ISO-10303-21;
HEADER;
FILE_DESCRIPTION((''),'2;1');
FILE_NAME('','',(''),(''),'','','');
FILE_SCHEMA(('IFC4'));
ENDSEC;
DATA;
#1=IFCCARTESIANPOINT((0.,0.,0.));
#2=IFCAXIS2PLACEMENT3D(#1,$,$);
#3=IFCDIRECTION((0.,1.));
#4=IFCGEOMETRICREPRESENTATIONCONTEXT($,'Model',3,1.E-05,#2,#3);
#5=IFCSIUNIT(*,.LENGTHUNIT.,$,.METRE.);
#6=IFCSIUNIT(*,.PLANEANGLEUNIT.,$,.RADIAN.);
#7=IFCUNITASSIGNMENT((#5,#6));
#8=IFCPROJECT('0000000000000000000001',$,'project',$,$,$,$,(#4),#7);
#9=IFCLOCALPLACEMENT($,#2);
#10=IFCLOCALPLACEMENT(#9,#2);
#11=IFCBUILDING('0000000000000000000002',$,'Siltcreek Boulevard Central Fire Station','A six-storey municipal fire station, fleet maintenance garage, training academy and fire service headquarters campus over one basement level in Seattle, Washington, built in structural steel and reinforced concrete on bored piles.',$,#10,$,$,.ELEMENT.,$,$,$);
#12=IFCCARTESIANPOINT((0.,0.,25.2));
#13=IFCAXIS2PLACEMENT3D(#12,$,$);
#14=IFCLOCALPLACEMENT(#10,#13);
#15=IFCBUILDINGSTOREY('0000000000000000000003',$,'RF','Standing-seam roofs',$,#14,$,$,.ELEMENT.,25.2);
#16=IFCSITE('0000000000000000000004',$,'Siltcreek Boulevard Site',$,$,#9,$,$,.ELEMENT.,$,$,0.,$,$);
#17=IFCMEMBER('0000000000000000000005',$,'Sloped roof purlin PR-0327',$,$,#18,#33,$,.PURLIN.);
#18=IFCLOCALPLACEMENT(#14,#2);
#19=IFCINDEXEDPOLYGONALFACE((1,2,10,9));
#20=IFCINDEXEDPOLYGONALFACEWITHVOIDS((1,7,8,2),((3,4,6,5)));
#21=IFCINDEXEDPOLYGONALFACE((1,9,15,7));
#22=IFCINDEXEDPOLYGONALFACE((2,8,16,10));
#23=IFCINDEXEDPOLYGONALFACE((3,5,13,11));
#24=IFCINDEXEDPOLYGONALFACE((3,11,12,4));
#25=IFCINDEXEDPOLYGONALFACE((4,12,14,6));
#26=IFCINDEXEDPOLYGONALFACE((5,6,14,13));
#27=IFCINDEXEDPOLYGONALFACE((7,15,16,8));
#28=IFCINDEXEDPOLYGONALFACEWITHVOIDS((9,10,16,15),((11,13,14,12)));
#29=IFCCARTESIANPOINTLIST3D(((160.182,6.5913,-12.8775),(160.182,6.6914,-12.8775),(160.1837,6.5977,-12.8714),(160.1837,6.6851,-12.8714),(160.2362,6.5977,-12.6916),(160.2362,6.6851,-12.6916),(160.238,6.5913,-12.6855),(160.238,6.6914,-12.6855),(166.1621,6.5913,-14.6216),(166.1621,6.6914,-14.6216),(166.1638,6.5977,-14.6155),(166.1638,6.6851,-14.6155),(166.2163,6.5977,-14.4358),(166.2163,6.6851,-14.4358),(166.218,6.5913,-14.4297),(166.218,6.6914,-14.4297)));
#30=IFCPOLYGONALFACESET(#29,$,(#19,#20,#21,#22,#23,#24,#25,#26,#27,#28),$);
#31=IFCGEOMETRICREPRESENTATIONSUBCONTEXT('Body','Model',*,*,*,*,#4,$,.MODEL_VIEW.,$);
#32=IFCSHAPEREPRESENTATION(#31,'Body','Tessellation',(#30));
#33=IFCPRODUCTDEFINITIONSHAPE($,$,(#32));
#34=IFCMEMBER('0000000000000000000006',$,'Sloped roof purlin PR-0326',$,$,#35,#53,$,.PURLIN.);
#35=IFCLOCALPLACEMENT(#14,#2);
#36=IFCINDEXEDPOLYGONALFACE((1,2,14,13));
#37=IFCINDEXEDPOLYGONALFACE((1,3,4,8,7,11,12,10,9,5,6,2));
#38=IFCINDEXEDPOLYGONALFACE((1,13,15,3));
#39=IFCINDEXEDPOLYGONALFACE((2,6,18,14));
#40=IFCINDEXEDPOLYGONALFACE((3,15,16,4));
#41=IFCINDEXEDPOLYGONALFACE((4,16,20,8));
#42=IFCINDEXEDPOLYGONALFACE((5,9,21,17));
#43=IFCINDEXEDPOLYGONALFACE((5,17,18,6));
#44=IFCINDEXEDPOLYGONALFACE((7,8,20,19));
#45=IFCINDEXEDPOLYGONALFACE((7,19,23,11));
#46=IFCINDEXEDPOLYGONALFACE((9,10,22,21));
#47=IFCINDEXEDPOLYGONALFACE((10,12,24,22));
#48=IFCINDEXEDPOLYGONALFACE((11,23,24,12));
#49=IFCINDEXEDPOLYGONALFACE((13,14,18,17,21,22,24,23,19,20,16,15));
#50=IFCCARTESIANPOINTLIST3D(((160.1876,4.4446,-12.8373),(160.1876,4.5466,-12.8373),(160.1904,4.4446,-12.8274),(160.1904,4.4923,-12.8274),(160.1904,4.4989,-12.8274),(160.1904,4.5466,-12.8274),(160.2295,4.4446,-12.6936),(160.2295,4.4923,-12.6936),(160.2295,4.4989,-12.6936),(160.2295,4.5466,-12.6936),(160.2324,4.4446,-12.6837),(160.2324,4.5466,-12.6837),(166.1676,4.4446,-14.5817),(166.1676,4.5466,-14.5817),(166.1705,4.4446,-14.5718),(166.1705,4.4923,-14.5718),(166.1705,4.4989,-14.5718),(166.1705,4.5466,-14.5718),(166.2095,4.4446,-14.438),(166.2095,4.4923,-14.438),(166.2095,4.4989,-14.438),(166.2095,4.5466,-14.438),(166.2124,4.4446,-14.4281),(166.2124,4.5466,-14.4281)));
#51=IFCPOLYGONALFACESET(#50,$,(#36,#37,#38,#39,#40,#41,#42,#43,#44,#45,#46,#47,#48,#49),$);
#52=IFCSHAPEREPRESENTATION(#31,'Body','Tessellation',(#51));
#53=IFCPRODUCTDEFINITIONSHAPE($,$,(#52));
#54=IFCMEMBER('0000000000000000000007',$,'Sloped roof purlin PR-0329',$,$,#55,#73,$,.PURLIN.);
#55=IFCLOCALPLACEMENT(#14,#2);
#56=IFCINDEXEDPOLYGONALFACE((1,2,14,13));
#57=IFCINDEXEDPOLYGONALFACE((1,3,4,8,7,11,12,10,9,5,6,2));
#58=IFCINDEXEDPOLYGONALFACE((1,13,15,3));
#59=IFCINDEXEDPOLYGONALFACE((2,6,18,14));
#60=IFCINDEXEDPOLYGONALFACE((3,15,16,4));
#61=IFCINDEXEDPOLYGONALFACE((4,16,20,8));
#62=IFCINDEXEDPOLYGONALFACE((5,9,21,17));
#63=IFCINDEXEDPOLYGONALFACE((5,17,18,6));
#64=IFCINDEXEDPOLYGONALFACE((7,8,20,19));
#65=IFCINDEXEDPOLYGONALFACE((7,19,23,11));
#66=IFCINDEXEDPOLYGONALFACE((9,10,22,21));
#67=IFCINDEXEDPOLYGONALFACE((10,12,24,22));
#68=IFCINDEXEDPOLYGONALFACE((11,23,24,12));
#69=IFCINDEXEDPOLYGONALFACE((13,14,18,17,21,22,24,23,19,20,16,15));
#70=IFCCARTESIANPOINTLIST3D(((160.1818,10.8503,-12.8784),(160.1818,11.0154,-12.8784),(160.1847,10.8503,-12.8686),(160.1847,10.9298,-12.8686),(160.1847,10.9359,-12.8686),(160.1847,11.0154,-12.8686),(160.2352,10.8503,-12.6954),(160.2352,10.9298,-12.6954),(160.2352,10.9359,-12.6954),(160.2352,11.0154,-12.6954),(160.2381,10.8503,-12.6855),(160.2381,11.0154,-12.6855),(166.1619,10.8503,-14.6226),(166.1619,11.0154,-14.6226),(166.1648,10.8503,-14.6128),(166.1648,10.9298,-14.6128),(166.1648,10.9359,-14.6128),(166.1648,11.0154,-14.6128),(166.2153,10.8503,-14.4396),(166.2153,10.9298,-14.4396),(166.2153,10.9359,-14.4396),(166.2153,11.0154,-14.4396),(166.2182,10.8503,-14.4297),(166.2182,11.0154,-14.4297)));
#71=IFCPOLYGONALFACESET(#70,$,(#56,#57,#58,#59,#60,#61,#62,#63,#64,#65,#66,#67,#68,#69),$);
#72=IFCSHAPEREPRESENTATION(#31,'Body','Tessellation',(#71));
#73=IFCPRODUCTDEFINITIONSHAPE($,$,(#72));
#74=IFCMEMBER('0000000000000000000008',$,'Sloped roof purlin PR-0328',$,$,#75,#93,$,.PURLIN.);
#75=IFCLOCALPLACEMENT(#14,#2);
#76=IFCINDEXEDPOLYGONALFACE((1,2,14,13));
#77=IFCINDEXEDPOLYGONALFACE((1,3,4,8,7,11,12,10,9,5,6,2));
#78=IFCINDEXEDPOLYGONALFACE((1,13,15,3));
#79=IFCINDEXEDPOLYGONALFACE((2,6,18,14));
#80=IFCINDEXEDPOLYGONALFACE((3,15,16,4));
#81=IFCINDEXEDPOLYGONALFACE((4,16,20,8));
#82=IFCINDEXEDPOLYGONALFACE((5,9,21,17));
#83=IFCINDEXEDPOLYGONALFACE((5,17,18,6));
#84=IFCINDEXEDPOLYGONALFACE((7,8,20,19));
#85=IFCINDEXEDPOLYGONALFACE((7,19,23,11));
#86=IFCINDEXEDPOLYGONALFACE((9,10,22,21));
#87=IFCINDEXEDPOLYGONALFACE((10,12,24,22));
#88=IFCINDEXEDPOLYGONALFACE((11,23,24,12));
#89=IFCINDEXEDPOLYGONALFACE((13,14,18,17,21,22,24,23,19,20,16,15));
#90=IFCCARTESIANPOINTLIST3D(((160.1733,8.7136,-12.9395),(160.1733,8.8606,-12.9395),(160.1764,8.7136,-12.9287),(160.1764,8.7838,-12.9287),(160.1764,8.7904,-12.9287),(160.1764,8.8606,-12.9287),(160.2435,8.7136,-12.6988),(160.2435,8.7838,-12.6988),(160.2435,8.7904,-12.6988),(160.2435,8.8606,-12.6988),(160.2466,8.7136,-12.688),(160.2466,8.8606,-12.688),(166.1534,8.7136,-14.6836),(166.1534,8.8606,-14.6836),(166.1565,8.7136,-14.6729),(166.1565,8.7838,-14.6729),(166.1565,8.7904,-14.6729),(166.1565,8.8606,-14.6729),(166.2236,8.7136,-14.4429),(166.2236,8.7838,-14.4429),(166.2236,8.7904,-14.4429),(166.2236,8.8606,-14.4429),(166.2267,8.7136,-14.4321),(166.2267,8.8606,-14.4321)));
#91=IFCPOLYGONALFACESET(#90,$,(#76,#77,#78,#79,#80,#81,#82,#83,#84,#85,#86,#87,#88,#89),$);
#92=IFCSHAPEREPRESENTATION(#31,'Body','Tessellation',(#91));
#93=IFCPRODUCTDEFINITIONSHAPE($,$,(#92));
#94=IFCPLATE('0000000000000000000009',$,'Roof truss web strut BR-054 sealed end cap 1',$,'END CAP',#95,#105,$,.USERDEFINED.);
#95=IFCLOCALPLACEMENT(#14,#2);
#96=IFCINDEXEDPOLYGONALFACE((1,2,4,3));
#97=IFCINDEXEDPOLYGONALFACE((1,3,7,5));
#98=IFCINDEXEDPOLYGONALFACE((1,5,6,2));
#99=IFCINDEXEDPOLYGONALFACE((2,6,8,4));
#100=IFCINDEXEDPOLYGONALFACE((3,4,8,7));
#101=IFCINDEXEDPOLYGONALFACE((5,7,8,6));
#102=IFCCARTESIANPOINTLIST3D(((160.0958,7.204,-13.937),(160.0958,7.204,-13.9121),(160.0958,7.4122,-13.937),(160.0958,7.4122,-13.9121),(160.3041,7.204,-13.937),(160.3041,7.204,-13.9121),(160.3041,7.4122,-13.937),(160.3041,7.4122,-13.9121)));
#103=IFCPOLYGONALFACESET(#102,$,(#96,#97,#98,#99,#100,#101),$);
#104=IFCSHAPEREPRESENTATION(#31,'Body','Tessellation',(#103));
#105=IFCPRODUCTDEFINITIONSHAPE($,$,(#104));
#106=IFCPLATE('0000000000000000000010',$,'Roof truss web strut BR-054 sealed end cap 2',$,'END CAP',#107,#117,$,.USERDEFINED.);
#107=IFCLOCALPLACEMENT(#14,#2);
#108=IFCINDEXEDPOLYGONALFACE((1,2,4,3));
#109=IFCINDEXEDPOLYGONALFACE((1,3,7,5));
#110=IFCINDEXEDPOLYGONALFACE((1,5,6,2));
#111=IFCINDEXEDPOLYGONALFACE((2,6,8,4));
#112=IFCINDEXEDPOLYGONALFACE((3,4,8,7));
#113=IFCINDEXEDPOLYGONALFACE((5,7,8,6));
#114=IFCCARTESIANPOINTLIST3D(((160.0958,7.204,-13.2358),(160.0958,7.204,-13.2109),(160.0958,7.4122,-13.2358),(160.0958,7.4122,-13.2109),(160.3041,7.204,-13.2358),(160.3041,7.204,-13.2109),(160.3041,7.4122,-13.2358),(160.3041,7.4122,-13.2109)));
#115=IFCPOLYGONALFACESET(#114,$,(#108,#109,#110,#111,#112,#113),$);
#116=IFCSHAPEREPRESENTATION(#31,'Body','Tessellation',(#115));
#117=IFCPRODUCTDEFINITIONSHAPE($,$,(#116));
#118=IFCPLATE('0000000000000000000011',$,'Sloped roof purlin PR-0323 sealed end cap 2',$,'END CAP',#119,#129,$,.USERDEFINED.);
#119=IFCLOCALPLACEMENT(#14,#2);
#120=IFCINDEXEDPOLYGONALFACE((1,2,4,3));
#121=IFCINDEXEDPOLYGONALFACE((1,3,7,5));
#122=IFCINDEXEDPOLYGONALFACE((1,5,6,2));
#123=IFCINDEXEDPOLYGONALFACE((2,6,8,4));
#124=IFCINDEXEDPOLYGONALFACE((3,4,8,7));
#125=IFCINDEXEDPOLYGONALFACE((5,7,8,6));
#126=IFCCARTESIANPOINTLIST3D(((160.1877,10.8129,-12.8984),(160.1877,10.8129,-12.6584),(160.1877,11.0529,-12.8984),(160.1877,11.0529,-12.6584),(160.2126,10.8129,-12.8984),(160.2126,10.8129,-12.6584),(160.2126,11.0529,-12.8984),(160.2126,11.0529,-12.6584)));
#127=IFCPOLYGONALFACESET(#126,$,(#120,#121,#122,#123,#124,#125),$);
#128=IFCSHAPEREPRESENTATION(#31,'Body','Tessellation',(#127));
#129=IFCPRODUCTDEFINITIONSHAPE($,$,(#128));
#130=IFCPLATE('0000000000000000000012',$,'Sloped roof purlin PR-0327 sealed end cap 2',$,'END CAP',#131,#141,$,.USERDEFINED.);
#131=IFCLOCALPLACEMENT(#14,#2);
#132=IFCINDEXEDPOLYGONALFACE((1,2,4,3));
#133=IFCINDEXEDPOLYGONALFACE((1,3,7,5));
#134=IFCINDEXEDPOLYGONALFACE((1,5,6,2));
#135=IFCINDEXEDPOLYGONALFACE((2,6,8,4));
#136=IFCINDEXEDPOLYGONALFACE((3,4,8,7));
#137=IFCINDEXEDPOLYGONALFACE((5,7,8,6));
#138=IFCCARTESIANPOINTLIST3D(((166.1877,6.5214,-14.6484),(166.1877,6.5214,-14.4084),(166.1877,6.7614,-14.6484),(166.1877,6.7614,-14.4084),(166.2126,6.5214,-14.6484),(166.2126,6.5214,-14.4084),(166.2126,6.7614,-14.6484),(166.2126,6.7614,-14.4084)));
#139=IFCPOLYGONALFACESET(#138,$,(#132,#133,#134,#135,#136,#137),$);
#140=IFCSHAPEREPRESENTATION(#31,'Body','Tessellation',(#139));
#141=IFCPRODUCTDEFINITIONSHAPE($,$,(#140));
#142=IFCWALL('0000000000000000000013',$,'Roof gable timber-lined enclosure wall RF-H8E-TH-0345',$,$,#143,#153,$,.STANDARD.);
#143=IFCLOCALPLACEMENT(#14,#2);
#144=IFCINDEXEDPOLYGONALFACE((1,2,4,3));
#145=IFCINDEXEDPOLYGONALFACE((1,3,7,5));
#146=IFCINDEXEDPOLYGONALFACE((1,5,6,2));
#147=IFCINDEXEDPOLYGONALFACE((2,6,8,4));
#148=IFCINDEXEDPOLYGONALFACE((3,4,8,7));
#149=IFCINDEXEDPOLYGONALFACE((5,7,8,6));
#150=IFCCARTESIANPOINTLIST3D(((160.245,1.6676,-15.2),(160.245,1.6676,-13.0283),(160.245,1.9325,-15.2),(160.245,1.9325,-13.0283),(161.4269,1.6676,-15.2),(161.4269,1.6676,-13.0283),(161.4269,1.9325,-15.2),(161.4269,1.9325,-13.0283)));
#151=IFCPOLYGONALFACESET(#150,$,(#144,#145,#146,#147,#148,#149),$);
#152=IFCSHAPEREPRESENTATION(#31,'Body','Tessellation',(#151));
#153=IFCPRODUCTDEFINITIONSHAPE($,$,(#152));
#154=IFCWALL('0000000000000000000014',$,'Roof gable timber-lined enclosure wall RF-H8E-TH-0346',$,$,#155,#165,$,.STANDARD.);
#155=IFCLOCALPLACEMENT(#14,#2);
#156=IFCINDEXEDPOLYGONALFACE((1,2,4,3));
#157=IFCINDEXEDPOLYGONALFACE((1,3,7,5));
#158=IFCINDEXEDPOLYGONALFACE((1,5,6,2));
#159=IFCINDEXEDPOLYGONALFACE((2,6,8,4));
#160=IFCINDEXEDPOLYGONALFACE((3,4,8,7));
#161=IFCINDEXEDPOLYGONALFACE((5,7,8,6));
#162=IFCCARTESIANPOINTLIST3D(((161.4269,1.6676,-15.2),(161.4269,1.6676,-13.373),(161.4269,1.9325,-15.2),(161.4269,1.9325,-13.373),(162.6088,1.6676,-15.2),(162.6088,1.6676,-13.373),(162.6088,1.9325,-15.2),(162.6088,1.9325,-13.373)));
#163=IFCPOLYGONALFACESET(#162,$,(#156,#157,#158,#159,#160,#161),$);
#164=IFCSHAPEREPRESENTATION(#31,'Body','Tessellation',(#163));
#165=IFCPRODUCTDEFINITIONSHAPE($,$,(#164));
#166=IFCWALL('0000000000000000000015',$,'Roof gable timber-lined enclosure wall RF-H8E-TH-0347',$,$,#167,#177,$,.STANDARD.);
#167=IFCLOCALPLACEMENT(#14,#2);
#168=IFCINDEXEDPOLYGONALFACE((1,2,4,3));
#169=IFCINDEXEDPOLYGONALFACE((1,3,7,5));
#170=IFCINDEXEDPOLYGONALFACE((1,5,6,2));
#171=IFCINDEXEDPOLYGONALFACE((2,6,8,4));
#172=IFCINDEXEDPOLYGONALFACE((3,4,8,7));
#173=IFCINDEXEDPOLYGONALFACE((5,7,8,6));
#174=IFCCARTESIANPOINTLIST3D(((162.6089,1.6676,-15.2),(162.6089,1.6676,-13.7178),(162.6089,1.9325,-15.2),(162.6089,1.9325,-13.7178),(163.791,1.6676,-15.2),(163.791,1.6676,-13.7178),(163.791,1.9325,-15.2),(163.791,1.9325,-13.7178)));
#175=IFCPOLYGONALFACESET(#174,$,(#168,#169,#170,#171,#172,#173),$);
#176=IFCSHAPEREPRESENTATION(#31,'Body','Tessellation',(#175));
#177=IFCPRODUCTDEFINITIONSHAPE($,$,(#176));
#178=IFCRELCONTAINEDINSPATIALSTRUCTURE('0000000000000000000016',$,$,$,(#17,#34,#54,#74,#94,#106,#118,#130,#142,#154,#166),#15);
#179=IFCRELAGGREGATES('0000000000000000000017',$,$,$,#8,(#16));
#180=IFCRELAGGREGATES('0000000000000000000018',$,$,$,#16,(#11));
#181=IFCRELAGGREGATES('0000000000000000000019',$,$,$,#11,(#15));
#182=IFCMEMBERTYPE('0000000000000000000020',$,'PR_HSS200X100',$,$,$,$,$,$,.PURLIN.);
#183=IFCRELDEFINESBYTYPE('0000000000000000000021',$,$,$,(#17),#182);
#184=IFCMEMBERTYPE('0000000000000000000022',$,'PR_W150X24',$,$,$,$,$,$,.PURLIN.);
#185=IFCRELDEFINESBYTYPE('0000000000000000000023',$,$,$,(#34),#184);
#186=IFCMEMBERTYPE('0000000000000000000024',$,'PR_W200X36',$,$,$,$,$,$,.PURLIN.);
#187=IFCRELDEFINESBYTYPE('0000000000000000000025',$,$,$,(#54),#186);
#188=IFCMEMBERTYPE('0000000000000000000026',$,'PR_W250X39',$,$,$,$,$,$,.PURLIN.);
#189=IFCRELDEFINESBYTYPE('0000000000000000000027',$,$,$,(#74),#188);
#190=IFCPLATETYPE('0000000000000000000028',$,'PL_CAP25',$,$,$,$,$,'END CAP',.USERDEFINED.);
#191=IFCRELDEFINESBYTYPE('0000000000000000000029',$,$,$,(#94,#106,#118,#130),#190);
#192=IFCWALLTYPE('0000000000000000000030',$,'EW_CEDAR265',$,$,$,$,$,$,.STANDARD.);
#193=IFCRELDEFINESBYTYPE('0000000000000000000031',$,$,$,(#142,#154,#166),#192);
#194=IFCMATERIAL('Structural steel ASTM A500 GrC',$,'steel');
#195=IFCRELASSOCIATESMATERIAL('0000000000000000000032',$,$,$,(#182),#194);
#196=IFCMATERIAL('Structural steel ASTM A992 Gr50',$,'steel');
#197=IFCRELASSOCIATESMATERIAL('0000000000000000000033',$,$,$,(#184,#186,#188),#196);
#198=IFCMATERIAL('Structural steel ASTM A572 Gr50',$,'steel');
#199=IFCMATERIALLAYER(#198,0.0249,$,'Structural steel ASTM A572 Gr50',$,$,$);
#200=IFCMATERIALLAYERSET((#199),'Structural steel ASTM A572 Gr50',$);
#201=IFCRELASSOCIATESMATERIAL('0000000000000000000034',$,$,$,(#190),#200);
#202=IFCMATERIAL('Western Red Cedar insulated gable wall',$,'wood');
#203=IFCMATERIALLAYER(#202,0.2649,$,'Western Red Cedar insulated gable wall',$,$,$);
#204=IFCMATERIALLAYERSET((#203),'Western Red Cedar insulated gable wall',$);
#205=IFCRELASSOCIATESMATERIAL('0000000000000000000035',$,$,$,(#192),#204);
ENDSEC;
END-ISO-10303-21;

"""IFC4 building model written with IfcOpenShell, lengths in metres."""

from ifc_helpers import new_model, si_unit, direction, frame, frame_2d, origin, origin_2d, place, context, subcontext, project, spatial, rectangle, hollow_rectangle, i_section, extrude, material, layer, layer_set, material_profile, profile_set, type_object, element, save


model = new_model("IFC4")

# Units and contexts
model_context = context("Model", 3, precision=1e-05, world=origin(), true_north=direction((0.0, 1.0)))
body_context = subcontext(model_context, "Body", "Model", "MODEL_VIEW")
ifc_project = project(units=[si_unit("LENGTHUNIT", "METRE"), si_unit("PLANEANGLEUNIT", "RADIAN")], contexts=[model_context])

# Site, building, storey
site_placement = place(None, origin())
site = spatial("IfcSite", under=ifc_project, at=site_placement, Name="Siltcreek Boulevard Site", CompositionType="ELEMENT", RefElevation=0.0)
building_placement = place(site_placement, origin())
building = spatial("IfcBuilding", under=site, at=building_placement, Name="Siltcreek Boulevard Central Fire Station", Description="A six-storey municipal fire station, fleet maintenance garage, training academy and fire service headquarters campus over one basement level in Seattle, Washington, built in structural steel and reinforced concrete on bored piles.", CompositionType="ELEMENT")
storey_placement = place(building_placement, frame((0.0, 0.0, 25.2)))
storey = spatial("IfcBuildingStorey", under=building, at=storey_placement, Name="RF", Description="Standing-seam roofs", CompositionType="ELEMENT", Elevation=25.2)

# Shared definitions
ifc_material_1 = material(Name="Structural steel ASTM A992 Gr50", Category="steel")

# Members
ifc_material_2 = material(Name="Structural steel ASTM A500 GrC", Category="steel")
ifc_material_profile_1 = material_profile(ifc_material_2, hollow_rectangle(XDim=0.1001, YDim=0.2, WallThickness=0.0063, at=origin_2d()), Name="HSS200X100X6.4")
ifc_profile_set_1 = profile_set([ifc_material_profile_1], Name="Structural steel ASTM A500 GrC")
member_type_1 = type_object("IfcMemberType", Name="PR_HSS200X100", PredefinedType="PURLIN", material=ifc_profile_set_1)
member_1_placement = place(storey_placement, frame((160.21, 6.6414, -12.7815), z_axis=(0.960001, 0.0, -0.279997), x_axis=(0.0, 1.0, 0.0)))
element("IfcMember", 1, at=member_1_placement, inside=storey, type_object=member_type_1, Name="Sloped roof purlin PR-0327", PredefinedType="PURLIN", context=body_context, shape_type="SweptSolid", body=[
    extrude(hollow_rectangle(XDim=0.1001, YDim=0.2, WallThickness=0.0063, at=origin_2d()), origin(), (0.0, 0.0, 1.0), 6.2292),
])
ifc_material_profile_2 = material_profile(ifc_material_1, i_section(OverallWidth=0.1021, OverallDepth=0.1599, WebThickness=0.0066, FlangeThickness=0.0103, at=origin_2d()), Name="W150X24")
ifc_profile_set_2 = profile_set([ifc_material_profile_2], Name="Structural steel ASTM A992 Gr50")
member_type_2 = type_object("IfcMemberType", Name="PR_W150X24", PredefinedType="PURLIN", material=ifc_profile_set_2)
member_2_placement = place(storey_placement, frame((160.21, 4.4956, -12.7605), z_axis=(0.95999, 0.0, -0.280033), x_axis=(0.0, 1.0, 0.0)))
element("IfcMember", 2, at=member_2_placement, inside=storey, type_object=member_type_2, Name="Sloped roof purlin PR-0326", PredefinedType="PURLIN", context=body_context, shape_type="SweptSolid", body=[
    extrude(i_section(OverallWidth=0.1021, OverallDepth=0.1599, WebThickness=0.0066, FlangeThickness=0.0103, at=origin_2d()), origin(), (0.0, 0.0, 1.0), 6.2292),
])
ifc_material_profile_3 = material_profile(ifc_material_1, i_section(OverallWidth=0.165, OverallDepth=0.2009, WebThickness=0.0061, FlangeThickness=0.0103, at=origin_2d()), Name="W200X36")
ifc_profile_set_3 = profile_set([ifc_material_profile_3], Name="Structural steel ASTM A992 Gr50")
member_type_3 = type_object("IfcMemberType", Name="PR_W200X36", PredefinedType="PURLIN", material=ifc_profile_set_3)
member_3_placement = place(storey_placement, frame((160.21, 10.9329, -12.782), z_axis=(0.960001, 0.0, -0.279997), x_axis=(0.0, 1.0, 0.0)))
element("IfcMember", 3, at=member_3_placement, inside=storey, type_object=member_type_3, Name="Sloped roof purlin PR-0329", PredefinedType="PURLIN", context=body_context, shape_type="SweptSolid", body=[
    extrude(i_section(OverallWidth=0.165, OverallDepth=0.2009, WebThickness=0.0061, FlangeThickness=0.0103, at=origin_2d()), origin(), (0.0, 0.0, 1.0), 6.2292),
])
ifc_material_profile_4 = material_profile(ifc_material_1, i_section(OverallWidth=0.147, OverallDepth=0.262, WebThickness=0.0066, FlangeThickness=0.0112, at=origin_2d()), Name="W250X39")
ifc_profile_set_4 = profile_set([ifc_material_profile_4], Name="Structural steel ASTM A992 Gr50")
member_type_4 = type_object("IfcMemberType", Name="PR_W250X39", PredefinedType="PURLIN", material=ifc_profile_set_4)
member_4_placement = place(storey_placement, frame((160.21, 8.7871, -12.8137), z_axis=(0.960001, 0.0, -0.279997), x_axis=(0.0, 1.0, 0.0)))
element("IfcMember", 4, at=member_4_placement, inside=storey, type_object=member_type_4, Name="Sloped roof purlin PR-0328", PredefinedType="PURLIN", context=body_context, shape_type="SweptSolid", body=[
    extrude(i_section(OverallWidth=0.147, OverallDepth=0.262, WebThickness=0.0066, FlangeThickness=0.0112, at=origin_2d()), origin(), (0.0, 0.0, 1.0), 6.2292),
])

# Plates
ifc_material_3 = material(Name="Structural steel ASTM A572 Gr50", Category="steel")
ifc_layer_1 = layer(ifc_material_3, 0.0249, Name="Structural steel ASTM A572 Gr50")
ifc_layer_set_1 = layer_set([ifc_layer_1], Name="Structural steel ASTM A572 Gr50")
plate_type = type_object("IfcPlateType", Name="PL_CAP25", ElementType="END CAP", PredefinedType="USERDEFINED", material=ifc_layer_set_1)
for number, where, z_axis, x_axis, name in (
    (5, (160.2, 7.3081, -13.937), (0.0, 0.0, 1.0), (1.0, 0.0, 0.0), "Roof truss web strut BR-054 sealed end cap 1"),
    (6, (160.2, 7.3081, -13.2358), (0.0, 0.0, 1.0), (1.0, 0.0, 0.0), "Roof truss web strut BR-054 sealed end cap 2"),
):
    element("IfcPlate", number, at=place(storey_placement, frame(where, z_axis=z_axis, x_axis=x_axis)), inside=storey, type_object=plate_type, Name=name, ObjectType="END CAP", PredefinedType="USERDEFINED", context=body_context, shape_type="SweptSolid", body=[
        extrude(rectangle(XDim=0.2083, YDim=0.2083, at=origin_2d()), origin(), (0.0, 0.0, 1.0), 0.0249),
    ])
for number, where, z_axis, x_axis, name in (
    (7, (160.2002, 10.9329, -12.8984), (0.0, 0.0, 1.0), (1.0, 0.0, 0.0), "Sloped roof purlin PR-0323 sealed end cap 2"),
    (8, (166.2002, 6.6414, -14.6484), (0.0, 0.0, 1.0), (1.0, 0.0, 0.0), "Sloped roof purlin PR-0327 sealed end cap 2"),
):
    element("IfcPlate", number, at=place(storey_placement, frame(where, z_axis=z_axis, x_axis=x_axis)), inside=storey, type_object=plate_type, Name=name, ObjectType="END CAP", PredefinedType="USERDEFINED", context=body_context, shape_type="SweptSolid", body=[
        extrude(rectangle(XDim=0.0249, YDim=0.24, at=origin_2d()), origin(), (0.0, 0.0, 1.0), 0.24),
    ])

# Walls
ifc_material_4 = material(Name="Western Red Cedar insulated gable wall", Category="wood")
ifc_layer_2 = layer(ifc_material_4, 0.2649, Name="Western Red Cedar insulated gable wall")
ifc_layer_set_2 = layer_set([ifc_layer_2], Name="Western Red Cedar insulated gable wall")
wall_type = type_object("IfcWallType", Name="EW_CEDAR265", PredefinedType="STANDARD", material=ifc_layer_set_2)
wall_1_placement = place(storey_placement, frame((160.2451, 1.8, -15.2), z_axis=(0.0, 0.0, 1.0), x_axis=(1.0, 0.0, 0.0)))
element("IfcWall", 9, at=wall_1_placement, inside=storey, type_object=wall_type, Name="Roof gable timber-lined enclosure wall RF-H8E-TH-0345", PredefinedType="STANDARD", context=body_context, shape_type="SweptSolid", body=[
    extrude(rectangle(XDim=1.1819, YDim=0.2649, at=frame_2d((0.5908, 0.0))), origin(), (0.0, 0.0, 1.0), 2.1716),
])
wall_2_placement = place(storey_placement, frame((161.427, 1.8, -15.2), z_axis=(0.0, 0.0, 1.0), x_axis=(1.0, 0.0, 0.0)))
element("IfcWall", 10, at=wall_2_placement, inside=storey, type_object=wall_type, Name="Roof gable timber-lined enclosure wall RF-H8E-TH-0346", PredefinedType="STANDARD", context=body_context, shape_type="SweptSolid", body=[
    extrude(rectangle(XDim=1.1819, YDim=0.2649, at=frame_2d((0.5908, 0.0))), origin(), (0.0, 0.0, 1.0), 1.8269),
])
wall_3_placement = place(storey_placement, frame((162.6089, 1.8, -15.2), z_axis=(0.0, 0.0, 1.0), x_axis=(1.0, 0.0, 0.0)))
element("IfcWall", 11, at=wall_3_placement, inside=storey, type_object=wall_type, Name="Roof gable timber-lined enclosure wall RF-H8E-TH-0347", PredefinedType="STANDARD", context=body_context, shape_type="SweptSolid", body=[
    extrude(rectangle(XDim=1.1821, YDim=0.2649, at=frame_2d((0.5911, 0.0))), origin(), (0.0, 0.0, 1.0), 1.4822),
])

save(model, "model.ifc")
